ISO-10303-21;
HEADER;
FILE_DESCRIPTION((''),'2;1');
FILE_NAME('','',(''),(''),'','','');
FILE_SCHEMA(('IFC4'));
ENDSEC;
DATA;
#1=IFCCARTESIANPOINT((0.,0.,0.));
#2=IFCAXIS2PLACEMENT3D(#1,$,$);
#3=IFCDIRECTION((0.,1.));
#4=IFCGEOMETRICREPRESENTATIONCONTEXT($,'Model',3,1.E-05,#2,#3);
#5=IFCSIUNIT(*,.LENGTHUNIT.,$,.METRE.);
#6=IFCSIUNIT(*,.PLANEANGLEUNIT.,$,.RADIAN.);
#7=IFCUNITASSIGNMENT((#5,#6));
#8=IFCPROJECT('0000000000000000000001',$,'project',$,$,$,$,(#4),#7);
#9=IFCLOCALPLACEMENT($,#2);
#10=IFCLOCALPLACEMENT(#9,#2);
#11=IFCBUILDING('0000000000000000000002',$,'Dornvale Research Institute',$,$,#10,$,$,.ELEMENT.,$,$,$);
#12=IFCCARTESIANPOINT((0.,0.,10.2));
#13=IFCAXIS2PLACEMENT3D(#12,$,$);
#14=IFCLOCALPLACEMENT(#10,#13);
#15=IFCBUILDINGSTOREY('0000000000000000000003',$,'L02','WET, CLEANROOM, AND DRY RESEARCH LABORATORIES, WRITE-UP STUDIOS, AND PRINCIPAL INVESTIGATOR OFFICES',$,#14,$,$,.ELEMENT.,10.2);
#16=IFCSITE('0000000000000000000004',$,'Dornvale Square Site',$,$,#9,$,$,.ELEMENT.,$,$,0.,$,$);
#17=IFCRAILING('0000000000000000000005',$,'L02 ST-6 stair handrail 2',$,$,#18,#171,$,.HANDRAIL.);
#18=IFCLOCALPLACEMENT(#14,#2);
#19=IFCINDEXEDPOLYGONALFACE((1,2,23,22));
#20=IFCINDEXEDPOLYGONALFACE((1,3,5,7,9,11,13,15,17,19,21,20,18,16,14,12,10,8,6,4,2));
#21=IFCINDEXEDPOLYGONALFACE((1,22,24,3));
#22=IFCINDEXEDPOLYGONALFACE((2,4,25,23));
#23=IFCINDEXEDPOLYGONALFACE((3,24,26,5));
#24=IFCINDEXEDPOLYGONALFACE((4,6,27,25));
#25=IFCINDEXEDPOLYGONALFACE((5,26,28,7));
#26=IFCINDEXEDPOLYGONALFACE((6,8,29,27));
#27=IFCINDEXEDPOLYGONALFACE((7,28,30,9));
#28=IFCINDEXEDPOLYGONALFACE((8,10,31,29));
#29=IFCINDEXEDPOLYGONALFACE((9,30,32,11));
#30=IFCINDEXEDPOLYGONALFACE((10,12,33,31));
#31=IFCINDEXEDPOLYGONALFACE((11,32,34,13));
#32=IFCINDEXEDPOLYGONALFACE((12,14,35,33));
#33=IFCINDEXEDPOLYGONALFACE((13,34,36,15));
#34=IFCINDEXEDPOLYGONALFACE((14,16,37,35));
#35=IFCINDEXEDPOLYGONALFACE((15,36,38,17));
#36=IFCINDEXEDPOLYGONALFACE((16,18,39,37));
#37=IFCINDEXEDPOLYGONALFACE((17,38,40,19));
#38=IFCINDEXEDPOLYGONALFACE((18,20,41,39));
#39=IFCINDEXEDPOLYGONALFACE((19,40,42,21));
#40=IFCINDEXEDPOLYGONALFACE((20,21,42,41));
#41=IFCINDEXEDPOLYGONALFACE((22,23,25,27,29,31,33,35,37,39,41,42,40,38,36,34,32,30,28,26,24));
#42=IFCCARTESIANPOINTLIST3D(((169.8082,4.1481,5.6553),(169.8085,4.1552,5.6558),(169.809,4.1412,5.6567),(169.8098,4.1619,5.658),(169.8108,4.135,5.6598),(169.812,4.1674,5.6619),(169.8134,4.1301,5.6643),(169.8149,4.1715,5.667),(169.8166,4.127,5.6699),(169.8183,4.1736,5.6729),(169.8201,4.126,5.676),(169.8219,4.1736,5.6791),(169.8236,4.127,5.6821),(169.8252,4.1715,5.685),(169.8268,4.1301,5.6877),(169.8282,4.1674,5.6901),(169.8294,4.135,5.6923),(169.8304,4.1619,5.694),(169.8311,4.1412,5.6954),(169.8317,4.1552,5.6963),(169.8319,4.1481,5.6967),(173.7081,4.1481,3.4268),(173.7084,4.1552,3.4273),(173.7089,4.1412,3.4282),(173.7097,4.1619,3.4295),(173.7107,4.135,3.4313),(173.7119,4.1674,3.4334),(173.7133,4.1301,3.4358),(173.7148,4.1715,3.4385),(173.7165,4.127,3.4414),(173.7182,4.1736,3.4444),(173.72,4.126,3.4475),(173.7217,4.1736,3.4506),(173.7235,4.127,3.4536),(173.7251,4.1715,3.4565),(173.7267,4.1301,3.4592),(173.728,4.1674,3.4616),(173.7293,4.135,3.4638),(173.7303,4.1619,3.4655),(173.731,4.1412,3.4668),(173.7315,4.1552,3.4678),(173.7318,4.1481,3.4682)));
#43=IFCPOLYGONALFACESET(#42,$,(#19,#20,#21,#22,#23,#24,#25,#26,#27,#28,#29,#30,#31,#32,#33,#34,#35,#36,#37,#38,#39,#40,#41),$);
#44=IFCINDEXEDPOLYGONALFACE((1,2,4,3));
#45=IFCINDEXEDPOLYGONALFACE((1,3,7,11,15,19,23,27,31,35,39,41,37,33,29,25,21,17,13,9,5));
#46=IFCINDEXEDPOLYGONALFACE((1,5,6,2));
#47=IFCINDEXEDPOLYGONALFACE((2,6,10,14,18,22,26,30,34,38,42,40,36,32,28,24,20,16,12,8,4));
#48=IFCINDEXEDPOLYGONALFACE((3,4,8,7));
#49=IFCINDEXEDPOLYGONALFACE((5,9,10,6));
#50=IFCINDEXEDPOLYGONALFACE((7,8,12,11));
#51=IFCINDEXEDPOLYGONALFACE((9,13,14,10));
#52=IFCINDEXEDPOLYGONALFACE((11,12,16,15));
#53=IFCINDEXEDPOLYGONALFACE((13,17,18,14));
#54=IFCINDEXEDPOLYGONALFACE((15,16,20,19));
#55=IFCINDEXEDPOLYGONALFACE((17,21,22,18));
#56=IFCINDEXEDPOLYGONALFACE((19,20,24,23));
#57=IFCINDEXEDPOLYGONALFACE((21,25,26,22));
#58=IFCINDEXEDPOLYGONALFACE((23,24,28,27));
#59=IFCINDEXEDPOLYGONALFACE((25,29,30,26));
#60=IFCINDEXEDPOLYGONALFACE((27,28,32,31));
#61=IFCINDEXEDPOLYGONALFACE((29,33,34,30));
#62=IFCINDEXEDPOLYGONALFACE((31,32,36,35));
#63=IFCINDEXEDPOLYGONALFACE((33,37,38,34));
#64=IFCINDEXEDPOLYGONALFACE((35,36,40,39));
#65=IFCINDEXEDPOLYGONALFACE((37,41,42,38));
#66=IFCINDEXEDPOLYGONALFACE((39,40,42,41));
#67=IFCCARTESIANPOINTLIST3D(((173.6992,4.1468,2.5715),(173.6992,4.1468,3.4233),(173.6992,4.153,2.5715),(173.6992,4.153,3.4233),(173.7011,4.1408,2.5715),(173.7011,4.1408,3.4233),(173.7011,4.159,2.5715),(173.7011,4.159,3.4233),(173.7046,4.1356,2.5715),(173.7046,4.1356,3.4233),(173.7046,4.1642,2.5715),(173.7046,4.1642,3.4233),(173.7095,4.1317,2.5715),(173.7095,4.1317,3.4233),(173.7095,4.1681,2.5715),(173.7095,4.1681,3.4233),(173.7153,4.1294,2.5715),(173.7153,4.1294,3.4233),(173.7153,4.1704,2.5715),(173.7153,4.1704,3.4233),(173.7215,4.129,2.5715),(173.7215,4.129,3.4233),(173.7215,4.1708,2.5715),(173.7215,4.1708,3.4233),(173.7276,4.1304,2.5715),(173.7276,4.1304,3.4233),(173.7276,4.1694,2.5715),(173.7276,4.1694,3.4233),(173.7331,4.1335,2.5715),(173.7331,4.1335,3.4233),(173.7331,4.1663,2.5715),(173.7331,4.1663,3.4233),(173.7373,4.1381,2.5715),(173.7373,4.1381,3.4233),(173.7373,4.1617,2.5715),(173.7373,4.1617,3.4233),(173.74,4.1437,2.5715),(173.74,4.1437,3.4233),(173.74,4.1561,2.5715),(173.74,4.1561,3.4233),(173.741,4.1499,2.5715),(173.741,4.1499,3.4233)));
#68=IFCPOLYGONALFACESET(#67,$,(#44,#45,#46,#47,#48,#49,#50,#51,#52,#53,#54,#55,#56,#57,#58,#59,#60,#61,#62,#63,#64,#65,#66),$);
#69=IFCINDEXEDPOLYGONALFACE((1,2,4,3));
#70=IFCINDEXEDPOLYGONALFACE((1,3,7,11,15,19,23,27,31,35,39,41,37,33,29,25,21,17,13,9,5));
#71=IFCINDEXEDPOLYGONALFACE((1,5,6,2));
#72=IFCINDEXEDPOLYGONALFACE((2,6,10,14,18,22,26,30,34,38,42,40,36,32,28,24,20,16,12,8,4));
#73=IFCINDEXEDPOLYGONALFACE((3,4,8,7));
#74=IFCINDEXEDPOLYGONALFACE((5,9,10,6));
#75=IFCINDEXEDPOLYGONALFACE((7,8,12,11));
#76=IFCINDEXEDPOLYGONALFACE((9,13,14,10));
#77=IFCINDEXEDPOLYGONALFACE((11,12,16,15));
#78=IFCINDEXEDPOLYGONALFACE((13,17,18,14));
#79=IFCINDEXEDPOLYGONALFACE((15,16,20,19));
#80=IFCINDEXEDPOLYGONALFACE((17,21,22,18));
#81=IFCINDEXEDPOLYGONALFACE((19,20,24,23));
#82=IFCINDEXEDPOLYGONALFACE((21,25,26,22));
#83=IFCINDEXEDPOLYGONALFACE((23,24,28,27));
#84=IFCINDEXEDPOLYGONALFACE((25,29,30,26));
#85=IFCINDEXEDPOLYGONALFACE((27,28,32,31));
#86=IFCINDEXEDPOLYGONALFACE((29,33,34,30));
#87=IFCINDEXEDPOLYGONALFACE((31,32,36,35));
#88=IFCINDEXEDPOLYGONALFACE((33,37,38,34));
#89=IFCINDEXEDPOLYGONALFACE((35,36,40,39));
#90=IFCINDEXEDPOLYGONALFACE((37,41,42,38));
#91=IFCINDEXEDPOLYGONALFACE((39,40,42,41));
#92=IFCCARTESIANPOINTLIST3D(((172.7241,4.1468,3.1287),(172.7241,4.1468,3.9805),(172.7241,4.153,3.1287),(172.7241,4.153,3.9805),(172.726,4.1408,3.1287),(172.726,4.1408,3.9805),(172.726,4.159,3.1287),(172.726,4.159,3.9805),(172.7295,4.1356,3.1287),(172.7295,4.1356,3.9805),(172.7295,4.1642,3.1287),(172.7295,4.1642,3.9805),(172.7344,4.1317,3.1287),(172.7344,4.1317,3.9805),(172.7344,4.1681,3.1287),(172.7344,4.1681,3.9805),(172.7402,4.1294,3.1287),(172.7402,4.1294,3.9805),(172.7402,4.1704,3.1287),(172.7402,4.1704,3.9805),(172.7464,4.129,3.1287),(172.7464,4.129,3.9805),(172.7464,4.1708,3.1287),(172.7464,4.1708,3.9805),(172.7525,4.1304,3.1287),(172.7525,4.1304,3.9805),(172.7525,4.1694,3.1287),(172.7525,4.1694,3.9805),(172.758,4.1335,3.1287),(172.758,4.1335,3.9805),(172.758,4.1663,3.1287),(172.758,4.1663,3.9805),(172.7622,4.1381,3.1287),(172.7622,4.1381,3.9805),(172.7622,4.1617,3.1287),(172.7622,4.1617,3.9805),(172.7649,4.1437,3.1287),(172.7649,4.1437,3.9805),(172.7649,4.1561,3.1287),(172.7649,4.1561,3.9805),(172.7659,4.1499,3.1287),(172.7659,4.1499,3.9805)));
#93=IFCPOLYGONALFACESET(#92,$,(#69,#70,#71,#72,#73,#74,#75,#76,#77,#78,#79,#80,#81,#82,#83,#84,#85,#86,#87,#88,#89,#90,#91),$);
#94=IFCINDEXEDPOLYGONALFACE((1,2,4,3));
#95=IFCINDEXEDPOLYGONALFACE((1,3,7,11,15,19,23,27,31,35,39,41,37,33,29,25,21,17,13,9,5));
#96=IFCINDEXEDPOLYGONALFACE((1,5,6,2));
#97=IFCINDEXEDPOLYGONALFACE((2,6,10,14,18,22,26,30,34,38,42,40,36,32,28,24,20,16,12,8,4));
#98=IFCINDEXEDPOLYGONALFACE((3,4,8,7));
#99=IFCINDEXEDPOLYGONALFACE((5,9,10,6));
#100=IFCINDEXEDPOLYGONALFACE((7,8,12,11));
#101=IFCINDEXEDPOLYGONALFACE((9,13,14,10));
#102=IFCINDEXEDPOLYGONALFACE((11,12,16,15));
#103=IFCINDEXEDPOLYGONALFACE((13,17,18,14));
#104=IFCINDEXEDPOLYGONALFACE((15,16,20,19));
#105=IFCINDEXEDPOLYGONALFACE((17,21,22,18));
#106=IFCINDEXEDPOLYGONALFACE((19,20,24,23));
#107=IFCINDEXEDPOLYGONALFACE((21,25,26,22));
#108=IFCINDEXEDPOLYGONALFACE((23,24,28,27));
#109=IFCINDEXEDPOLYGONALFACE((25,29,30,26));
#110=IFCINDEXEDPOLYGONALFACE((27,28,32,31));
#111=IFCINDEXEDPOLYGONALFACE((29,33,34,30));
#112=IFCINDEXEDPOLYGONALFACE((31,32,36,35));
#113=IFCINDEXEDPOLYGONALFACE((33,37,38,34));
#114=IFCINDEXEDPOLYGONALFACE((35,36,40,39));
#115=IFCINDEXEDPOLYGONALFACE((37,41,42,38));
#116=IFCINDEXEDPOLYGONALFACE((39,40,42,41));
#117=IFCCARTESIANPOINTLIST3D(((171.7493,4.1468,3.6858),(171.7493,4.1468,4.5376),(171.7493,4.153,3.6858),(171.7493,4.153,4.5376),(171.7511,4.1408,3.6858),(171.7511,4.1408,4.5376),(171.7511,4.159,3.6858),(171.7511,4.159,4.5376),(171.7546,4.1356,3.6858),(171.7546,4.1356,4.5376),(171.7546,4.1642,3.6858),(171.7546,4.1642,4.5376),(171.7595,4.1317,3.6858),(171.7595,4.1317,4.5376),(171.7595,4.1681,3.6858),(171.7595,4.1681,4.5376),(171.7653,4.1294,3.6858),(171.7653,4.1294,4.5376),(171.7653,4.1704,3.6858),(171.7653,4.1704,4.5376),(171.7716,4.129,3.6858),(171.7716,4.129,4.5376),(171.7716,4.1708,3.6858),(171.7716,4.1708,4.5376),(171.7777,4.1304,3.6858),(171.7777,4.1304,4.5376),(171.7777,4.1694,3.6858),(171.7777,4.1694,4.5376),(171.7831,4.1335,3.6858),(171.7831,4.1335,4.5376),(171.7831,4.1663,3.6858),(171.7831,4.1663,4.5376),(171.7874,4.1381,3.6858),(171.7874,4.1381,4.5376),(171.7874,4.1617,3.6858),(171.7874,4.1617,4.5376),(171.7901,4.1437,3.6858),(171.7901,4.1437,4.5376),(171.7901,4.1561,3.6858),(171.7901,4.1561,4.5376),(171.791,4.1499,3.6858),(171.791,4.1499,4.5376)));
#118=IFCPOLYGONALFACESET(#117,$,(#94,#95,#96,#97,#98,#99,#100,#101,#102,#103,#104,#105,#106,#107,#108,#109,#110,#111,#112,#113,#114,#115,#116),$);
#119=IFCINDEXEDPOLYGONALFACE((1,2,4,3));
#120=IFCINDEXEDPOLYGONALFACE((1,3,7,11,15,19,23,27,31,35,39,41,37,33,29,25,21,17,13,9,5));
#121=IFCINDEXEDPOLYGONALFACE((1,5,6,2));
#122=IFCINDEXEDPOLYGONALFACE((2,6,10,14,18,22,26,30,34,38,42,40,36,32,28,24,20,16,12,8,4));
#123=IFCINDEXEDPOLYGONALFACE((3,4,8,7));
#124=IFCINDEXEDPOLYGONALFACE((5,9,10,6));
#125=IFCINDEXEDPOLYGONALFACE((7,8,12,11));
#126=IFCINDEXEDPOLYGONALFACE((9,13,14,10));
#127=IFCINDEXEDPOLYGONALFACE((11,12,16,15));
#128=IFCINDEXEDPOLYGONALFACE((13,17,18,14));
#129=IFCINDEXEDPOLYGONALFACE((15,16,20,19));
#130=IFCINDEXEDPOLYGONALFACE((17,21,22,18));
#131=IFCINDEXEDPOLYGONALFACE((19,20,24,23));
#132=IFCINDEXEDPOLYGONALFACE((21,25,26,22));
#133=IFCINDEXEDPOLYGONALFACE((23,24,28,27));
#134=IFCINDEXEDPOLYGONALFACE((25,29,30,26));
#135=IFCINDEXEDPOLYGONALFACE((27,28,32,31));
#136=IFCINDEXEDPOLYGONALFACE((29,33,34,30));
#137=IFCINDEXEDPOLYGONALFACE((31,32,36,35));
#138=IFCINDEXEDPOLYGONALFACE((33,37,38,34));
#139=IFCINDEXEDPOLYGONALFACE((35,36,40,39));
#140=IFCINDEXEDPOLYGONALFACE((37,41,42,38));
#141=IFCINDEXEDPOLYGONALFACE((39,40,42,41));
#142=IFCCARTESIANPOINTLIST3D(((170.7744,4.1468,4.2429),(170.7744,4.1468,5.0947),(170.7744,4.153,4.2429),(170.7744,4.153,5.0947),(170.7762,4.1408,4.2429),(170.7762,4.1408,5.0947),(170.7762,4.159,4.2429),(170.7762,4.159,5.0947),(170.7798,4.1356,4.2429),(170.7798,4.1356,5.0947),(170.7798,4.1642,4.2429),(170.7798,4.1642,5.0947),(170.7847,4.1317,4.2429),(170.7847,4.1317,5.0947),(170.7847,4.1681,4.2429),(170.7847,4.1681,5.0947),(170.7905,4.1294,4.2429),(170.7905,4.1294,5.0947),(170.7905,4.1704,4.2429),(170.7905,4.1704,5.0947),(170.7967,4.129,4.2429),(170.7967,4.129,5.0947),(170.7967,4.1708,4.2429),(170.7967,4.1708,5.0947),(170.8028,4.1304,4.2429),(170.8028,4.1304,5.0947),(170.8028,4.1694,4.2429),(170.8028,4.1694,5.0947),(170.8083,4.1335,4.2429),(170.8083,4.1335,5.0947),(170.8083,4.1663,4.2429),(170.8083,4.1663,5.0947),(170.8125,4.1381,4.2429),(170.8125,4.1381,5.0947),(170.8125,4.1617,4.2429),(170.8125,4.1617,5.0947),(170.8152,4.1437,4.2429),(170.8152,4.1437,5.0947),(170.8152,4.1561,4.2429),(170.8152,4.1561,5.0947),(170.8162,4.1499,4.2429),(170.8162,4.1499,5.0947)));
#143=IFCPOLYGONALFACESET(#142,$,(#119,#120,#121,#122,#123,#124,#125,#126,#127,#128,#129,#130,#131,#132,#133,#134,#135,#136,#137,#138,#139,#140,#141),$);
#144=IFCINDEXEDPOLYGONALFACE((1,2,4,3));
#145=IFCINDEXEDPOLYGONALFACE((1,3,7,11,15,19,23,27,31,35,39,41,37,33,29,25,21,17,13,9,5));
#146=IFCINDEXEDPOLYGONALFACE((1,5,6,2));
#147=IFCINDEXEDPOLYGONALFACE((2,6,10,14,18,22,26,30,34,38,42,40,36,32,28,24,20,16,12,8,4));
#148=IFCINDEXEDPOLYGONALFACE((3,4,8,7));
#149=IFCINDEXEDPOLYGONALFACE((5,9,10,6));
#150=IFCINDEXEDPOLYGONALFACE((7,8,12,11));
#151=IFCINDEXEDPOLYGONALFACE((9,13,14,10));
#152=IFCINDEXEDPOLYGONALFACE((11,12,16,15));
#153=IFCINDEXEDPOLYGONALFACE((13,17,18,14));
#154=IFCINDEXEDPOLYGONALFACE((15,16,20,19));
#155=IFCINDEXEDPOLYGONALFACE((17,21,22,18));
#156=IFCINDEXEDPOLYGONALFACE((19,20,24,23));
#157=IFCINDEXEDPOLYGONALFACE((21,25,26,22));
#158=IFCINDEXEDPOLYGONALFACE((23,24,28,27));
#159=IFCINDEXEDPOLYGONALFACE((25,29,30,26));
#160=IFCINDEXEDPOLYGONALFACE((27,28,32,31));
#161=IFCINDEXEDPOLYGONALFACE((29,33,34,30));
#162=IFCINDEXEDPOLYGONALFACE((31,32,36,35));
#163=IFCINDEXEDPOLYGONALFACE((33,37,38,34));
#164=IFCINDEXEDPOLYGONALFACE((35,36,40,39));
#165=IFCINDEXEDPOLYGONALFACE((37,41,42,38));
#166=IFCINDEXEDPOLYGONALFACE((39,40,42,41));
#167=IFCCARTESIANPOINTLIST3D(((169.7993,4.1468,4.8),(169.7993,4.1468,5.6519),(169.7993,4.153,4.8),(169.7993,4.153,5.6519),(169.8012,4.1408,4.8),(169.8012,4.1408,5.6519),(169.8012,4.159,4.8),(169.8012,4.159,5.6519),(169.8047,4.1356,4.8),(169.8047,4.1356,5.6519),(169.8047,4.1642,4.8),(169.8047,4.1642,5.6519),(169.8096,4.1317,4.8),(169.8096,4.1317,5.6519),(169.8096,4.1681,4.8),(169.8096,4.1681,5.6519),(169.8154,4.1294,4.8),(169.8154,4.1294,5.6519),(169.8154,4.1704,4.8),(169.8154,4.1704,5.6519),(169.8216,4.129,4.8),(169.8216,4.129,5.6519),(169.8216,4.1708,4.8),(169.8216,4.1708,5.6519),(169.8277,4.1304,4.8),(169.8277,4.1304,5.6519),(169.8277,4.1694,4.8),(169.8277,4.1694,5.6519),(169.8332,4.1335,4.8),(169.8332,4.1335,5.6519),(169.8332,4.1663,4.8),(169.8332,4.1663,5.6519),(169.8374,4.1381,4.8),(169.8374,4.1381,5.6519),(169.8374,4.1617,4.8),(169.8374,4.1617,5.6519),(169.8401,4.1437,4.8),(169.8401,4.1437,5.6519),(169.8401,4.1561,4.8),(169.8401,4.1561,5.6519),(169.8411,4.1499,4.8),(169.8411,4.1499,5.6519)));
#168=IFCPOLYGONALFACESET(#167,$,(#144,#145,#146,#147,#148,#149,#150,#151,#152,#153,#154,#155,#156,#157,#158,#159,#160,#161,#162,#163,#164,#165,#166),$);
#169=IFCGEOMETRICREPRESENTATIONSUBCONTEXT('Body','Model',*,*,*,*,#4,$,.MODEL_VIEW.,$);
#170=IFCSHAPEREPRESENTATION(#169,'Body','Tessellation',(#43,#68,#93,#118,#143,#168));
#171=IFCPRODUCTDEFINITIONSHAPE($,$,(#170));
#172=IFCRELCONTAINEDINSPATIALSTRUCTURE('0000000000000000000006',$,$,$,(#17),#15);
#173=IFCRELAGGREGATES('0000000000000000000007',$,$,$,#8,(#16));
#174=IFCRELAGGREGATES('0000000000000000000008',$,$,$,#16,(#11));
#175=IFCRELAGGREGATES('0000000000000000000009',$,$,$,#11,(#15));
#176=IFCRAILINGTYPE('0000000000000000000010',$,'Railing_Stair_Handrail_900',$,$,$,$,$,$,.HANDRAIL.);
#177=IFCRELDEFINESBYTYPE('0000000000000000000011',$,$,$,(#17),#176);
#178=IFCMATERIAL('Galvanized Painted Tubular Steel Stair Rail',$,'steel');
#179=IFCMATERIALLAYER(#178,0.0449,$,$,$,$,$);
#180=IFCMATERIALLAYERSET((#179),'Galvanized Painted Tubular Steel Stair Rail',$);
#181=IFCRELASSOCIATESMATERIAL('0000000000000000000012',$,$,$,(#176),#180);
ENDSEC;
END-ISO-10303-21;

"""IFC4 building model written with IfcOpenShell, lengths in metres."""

from ifc_helpers import new_model, si_unit, direction, frame, origin, origin_2d, place, context, subcontext, project, spatial, circle, extrude, material, layer, layer_set, type_object, element, save


model = new_model("IFC4")

# Units and contexts
model_context = context("Model", 3, precision=1e-05, world=origin(), true_north=direction((0.0, 1.0)))
body_context = subcontext(model_context, "Body", "Model", "MODEL_VIEW")
ifc_project = project(units=[si_unit("LENGTHUNIT", "METRE"), si_unit("PLANEANGLEUNIT", "RADIAN")], contexts=[model_context])

# Site, building, storey
site_placement = place(None, origin())
site = spatial("IfcSite", under=ifc_project, at=site_placement, Name="Dornvale Square Site", CompositionType="ELEMENT", RefElevation=0.0)
building_placement = place(site_placement, origin())
building = spatial("IfcBuilding", under=site, at=building_placement, Name="Dornvale Research Institute", CompositionType="ELEMENT")
storey_placement = place(building_placement, frame((0.0, 0.0, 10.2)))
storey = spatial("IfcBuildingStorey", under=building, at=storey_placement, Name="L02", Description="WET, CLEANROOM, AND DRY RESEARCH LABORATORIES, WRITE-UP STUDIOS, AND PRINCIPAL INVESTIGATOR OFFICES", CompositionType="ELEMENT", Elevation=10.2)

# Railing
ifc_material_1 = material(Name="Galvanized Painted Tubular Steel Stair Rail", Category="steel")
ifc_layer_1 = layer(ifc_material_1, 0.0449)
ifc_layer_set_1 = layer_set([ifc_layer_1], Name="Galvanized Painted Tubular Steel Stair Rail")
railing_type_1 = type_object("IfcRailingType", Name="Railing_Stair_Handrail_900", PredefinedType="HANDRAIL", material=ifc_layer_set_1)
railing_1_placement = place(storey_placement, frame((173.72, 4.1499, 2.5715)))
element("IfcRailing", 1, at=railing_1_placement, inside=storey, type_object=railing_type_1, Name="L02 ST-6 stair handrail 2", PredefinedType="HANDRAIL", context=body_context, shape_type="SweptSolid", body=[
    extrude(circle(Radius=0.0239, at=origin_2d()), frame((0.0, 0.0, 0.876), z_axis=(-0.868243, 0.0, 0.496139), x_axis=(0.0, -1.0, 0.0)), (0.0, 0.0, 1.0), 4.4917),
    extrude(circle(Radius=0.021, at=origin_2d()), origin(), (0.0, 0.0, 1.0), 0.8518),
    extrude(circle(Radius=0.021, at=origin_2d()), frame((-0.9751, 0.0, 0.5571)), (0.0, 0.0, 1.0), 0.8518),
    extrude(circle(Radius=0.021, at=origin_2d()), frame((-1.95, 0.0, 1.1143)), (0.0, 0.0, 1.0), 0.8518),
    extrude(circle(Radius=0.021, at=origin_2d()), frame((-2.9248, 0.0, 1.6714)), (0.0, 0.0, 1.0), 0.8518),
    extrude(circle(Radius=0.021, at=origin_2d()), frame((-3.8999, 0.0, 2.2285)), (0.0, 0.0, 1.0), 0.8518),
])

save(model, "model.ifc")
